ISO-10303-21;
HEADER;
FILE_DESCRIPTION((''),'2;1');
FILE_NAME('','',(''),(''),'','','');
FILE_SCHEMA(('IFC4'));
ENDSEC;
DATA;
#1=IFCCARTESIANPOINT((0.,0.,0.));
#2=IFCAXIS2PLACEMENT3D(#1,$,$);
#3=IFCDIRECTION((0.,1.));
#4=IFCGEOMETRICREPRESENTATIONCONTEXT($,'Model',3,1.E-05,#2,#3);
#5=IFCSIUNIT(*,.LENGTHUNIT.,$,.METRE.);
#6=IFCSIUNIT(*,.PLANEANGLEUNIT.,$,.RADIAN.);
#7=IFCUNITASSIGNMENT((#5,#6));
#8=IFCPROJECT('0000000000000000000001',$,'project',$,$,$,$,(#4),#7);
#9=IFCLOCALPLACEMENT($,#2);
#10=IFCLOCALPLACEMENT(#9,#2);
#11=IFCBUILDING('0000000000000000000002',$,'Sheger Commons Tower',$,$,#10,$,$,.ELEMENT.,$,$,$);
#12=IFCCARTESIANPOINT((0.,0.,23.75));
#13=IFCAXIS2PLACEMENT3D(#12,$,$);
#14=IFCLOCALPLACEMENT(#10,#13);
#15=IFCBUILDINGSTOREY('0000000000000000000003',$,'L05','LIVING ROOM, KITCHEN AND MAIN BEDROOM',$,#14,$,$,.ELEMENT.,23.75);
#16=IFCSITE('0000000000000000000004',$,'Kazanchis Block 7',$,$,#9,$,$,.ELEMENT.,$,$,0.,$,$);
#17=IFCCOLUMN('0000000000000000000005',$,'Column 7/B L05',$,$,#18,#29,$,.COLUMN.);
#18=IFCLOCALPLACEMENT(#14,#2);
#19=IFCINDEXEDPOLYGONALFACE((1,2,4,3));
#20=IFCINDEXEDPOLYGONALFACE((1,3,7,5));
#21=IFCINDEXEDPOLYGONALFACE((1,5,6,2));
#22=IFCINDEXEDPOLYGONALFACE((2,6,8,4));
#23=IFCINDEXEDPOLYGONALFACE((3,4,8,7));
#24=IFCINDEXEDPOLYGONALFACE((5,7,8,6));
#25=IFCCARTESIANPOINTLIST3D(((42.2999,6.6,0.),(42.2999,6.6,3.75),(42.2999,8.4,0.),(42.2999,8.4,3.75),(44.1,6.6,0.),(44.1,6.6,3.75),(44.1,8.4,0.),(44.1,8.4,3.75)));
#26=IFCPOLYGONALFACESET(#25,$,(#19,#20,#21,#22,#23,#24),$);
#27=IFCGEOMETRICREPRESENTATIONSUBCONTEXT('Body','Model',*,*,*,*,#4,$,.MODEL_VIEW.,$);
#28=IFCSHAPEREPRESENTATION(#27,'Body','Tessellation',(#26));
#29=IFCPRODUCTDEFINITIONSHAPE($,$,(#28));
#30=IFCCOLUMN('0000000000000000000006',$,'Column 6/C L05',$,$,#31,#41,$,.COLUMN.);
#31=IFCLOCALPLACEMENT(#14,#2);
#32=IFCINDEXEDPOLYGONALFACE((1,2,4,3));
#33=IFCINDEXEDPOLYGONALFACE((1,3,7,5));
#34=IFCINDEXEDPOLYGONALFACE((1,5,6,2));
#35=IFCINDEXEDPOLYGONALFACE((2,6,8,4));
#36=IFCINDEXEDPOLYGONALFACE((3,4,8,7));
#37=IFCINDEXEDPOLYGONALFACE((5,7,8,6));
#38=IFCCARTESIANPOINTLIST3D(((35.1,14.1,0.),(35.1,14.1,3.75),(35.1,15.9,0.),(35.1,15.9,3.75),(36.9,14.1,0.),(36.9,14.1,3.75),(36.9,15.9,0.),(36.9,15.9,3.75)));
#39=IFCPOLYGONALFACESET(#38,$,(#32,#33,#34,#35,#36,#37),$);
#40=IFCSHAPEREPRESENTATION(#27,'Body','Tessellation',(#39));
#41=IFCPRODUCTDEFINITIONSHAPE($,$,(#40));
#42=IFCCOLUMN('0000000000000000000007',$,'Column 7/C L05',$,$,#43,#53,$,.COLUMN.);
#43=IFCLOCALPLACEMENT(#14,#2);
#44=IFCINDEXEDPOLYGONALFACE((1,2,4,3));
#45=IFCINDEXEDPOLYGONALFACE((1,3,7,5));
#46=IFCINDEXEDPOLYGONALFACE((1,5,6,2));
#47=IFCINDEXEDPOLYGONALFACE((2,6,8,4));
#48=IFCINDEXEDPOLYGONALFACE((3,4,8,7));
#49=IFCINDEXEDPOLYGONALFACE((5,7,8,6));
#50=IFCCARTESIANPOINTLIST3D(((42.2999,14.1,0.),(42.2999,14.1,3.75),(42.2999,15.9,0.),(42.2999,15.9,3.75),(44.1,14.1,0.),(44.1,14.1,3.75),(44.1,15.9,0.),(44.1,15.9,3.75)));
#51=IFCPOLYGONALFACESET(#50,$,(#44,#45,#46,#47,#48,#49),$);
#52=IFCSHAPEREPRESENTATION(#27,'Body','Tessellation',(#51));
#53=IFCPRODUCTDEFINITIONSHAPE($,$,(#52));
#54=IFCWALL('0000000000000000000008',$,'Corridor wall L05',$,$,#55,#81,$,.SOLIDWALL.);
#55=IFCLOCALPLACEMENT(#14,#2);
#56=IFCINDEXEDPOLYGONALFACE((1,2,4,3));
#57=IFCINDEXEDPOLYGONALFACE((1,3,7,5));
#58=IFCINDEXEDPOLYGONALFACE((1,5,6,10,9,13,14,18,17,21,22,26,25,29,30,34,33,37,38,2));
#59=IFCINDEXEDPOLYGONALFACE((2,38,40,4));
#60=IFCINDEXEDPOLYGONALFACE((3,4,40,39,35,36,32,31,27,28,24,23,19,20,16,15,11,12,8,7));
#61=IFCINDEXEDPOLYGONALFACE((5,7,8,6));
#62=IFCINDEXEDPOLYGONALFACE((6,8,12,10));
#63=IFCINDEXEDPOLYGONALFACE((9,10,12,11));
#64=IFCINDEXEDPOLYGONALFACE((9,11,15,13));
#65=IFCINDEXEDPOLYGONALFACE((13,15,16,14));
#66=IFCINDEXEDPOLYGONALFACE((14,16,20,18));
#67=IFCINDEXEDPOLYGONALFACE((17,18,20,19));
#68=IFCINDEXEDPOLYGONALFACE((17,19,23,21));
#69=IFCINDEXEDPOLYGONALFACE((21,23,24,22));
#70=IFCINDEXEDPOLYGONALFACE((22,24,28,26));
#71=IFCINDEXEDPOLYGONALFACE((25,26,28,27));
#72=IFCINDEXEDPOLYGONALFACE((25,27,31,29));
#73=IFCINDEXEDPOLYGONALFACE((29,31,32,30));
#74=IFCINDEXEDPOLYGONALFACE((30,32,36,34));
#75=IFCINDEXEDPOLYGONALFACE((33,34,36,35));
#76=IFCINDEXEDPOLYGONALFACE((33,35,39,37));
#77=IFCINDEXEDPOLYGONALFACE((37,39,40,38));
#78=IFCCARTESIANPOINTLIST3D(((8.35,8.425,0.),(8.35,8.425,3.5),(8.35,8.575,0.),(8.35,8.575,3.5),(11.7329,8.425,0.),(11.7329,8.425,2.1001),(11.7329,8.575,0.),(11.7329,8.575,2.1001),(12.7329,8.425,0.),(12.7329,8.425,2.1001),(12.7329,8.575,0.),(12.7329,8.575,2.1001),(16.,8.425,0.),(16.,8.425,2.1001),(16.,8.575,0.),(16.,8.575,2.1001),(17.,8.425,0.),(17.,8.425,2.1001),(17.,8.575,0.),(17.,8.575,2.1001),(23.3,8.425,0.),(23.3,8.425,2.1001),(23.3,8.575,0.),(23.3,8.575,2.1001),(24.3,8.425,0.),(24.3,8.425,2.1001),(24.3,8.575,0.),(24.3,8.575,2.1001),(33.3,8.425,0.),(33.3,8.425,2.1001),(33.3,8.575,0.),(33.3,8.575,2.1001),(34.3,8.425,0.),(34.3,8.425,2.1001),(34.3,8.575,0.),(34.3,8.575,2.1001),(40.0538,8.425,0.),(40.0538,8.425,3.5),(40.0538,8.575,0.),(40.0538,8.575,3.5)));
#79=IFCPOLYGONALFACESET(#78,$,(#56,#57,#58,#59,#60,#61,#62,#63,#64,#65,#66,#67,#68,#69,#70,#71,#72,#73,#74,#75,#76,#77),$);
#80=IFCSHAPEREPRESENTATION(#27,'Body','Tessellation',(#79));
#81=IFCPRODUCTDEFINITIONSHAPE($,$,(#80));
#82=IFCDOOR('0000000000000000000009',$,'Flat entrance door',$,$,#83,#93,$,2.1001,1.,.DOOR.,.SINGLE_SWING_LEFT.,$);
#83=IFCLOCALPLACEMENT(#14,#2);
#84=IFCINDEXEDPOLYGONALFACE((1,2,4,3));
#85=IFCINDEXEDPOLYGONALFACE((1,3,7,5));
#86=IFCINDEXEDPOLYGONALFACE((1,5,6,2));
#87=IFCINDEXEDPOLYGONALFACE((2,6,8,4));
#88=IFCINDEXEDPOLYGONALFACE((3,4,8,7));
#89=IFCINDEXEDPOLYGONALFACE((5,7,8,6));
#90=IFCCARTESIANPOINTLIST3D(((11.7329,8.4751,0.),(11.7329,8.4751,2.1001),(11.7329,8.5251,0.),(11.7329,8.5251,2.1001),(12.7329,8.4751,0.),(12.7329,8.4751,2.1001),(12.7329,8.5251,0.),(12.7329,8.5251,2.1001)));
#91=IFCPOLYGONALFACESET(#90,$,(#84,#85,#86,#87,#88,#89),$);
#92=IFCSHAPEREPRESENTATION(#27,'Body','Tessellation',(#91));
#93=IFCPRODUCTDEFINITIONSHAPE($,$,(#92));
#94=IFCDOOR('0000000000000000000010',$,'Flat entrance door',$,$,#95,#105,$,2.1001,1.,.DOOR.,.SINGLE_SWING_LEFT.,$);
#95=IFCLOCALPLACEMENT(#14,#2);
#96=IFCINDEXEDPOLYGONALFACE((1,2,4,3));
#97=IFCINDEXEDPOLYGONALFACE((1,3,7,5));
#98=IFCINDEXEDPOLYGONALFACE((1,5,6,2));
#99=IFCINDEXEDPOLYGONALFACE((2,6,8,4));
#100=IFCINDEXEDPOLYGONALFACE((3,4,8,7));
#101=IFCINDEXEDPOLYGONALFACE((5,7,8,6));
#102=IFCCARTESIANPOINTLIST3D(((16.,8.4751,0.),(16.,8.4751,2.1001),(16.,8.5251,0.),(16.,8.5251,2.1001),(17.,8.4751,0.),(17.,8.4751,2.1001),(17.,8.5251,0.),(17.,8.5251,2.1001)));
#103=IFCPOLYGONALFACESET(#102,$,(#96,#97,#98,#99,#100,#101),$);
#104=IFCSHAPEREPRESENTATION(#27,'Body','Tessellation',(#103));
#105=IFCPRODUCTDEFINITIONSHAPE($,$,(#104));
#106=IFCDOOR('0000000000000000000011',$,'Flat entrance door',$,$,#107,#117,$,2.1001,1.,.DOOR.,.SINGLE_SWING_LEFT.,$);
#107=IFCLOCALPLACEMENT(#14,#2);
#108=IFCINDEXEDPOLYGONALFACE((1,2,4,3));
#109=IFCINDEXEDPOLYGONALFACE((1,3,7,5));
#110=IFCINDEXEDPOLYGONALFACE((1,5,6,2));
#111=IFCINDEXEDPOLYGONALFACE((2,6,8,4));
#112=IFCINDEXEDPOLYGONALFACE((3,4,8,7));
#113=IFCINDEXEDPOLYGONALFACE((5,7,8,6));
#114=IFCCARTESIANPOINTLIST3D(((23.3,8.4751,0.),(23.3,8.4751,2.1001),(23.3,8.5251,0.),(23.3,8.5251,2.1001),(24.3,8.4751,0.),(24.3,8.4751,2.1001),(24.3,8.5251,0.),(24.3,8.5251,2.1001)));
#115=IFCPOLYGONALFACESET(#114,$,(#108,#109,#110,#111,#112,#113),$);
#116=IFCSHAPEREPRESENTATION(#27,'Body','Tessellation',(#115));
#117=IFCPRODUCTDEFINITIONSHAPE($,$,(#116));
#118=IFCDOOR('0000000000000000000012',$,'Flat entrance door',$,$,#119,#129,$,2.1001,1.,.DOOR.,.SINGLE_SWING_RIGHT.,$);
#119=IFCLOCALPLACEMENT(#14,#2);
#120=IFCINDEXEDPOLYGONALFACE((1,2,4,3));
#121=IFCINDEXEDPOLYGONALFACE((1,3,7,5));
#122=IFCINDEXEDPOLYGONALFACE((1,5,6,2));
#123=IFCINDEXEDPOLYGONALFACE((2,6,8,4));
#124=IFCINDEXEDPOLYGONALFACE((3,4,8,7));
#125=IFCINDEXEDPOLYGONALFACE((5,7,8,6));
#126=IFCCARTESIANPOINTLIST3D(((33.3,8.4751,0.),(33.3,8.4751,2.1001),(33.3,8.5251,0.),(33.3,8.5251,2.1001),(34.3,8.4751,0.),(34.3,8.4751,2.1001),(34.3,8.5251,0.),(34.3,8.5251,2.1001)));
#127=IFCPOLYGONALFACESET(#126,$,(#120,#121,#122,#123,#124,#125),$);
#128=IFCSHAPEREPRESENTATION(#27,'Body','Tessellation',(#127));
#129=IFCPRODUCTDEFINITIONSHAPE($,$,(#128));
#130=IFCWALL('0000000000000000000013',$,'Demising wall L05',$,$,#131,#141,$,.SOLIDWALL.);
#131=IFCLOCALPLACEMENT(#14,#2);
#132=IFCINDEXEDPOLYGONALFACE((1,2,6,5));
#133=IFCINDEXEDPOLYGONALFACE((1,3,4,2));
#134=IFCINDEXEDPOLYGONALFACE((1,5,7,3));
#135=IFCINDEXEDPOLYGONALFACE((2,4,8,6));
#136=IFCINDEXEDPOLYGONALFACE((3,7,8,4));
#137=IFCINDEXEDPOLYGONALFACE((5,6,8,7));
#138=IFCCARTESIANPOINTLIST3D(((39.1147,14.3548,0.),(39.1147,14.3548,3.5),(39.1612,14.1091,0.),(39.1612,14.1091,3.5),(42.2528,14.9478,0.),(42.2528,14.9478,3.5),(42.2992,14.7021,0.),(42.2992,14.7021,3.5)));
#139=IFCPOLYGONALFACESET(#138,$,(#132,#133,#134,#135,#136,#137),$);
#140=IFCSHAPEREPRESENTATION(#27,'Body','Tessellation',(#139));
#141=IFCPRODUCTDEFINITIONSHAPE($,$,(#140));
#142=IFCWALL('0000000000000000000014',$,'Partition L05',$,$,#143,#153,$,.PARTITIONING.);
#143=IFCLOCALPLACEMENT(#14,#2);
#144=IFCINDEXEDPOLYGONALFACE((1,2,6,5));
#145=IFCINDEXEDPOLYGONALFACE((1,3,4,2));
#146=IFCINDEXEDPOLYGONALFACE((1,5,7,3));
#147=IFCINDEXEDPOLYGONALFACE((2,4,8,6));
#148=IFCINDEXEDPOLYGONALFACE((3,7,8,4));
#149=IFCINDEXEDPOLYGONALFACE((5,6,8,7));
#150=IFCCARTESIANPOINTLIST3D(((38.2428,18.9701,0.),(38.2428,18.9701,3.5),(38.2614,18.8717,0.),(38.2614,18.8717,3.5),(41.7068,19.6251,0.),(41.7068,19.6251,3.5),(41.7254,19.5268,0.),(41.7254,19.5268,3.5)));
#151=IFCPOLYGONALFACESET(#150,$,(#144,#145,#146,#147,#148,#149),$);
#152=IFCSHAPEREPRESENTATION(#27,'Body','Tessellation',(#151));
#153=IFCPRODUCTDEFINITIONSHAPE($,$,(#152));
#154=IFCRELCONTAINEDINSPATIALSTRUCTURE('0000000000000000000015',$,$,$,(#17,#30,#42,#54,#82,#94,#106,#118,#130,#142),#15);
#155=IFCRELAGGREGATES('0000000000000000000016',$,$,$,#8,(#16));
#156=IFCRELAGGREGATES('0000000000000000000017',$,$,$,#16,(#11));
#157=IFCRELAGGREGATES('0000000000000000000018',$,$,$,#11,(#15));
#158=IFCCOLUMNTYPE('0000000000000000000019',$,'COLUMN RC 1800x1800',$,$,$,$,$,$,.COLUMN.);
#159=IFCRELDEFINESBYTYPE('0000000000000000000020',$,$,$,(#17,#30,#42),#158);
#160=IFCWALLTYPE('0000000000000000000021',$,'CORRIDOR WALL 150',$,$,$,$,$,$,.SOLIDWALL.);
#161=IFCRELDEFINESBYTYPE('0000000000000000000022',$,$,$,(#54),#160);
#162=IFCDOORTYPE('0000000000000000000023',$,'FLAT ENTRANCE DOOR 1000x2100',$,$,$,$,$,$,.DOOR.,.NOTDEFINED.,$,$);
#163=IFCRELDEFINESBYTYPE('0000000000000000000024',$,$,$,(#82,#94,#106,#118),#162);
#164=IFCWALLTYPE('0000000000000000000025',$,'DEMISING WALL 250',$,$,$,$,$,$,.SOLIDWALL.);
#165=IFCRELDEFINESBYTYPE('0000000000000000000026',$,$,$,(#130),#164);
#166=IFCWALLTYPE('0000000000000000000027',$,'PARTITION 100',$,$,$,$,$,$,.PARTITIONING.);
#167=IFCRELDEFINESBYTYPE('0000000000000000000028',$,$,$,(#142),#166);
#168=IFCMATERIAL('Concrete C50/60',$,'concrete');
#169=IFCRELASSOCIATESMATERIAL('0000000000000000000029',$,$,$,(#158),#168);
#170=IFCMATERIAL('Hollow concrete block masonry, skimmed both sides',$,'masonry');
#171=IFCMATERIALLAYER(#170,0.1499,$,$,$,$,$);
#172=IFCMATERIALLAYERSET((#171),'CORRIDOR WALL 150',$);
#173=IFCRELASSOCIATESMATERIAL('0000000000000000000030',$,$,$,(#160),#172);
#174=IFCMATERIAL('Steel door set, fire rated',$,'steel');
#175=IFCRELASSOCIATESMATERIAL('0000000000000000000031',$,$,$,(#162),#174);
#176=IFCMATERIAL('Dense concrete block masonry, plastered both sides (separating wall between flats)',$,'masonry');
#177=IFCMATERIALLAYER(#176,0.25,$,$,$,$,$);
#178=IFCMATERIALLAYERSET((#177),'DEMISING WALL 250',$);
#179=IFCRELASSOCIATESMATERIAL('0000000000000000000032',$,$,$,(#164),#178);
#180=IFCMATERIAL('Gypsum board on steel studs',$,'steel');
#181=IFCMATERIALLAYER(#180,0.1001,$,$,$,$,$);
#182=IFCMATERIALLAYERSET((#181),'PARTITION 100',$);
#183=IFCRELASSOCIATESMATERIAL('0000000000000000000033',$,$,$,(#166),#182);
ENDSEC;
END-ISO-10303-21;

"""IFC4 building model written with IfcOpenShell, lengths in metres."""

from ifc_helpers import new_model, si_unit, direction, frame, frame_2d, origin, origin_2d, place, context, subcontext, project, spatial, rectangle, extrude, material, layer, layer_set, material_profile, profile_set, type_object, element, fill, save


model = new_model("IFC4")

# Units and contexts
model_context = context("Model", 3, precision=1e-05, world=origin(), true_north=direction((0.0, 1.0)))
body_context = subcontext(model_context, "Body", "Model", "MODEL_VIEW")
ifc_project = project(units=[si_unit("LENGTHUNIT", "METRE"), si_unit("PLANEANGLEUNIT", "RADIAN")], contexts=[model_context])

# Site, building, storey
site_placement = place(None, origin())
site = spatial("IfcSite", under=ifc_project, at=site_placement, Name="Kazanchis Block 7", CompositionType="ELEMENT", RefElevation=0.0)
building_placement = place(site_placement, origin())
building = spatial("IfcBuilding", under=site, at=building_placement, Name="Sheger Commons Tower", CompositionType="ELEMENT")
storey_placement = place(building_placement, frame((0.0, 0.0, 23.75)))
storey = spatial("IfcBuildingStorey", under=building, at=storey_placement, Name="L05", Description="LIVING ROOM, KITCHEN AND MAIN BEDROOM", CompositionType="ELEMENT", Elevation=23.75)

# Columns
ifc_material_1 = material(Name="Concrete C50/60", Category="concrete")
ifc_material_profile = material_profile(ifc_material_1, rectangle(XDim=1.8, YDim=1.8, at=origin_2d()), Name="RC 1800x1800")
ifc_profile_set = profile_set([ifc_material_profile], Name="Concrete C50/60")
column_type = type_object("IfcColumnType", Name="COLUMN RC 1800x1800", PredefinedType="COLUMN", material=ifc_profile_set)
for number, where, z_axis, x_axis, name in (
    (1, (43.2, 7.5, 0.0), (0.0, 0.0, 1.0), (1.0, 0.0, 0.0), "Column 7/B L05"),
    (2, (36.0, 15.0, 0.0), (0.0, 0.0, 1.0), (1.0, 0.0, 0.0), "Column 6/C L05"),
    (3, (43.2, 15.0, 0.0), (0.0, 0.0, 1.0), (1.0, 0.0, 0.0), "Column 7/C L05"),
):
    element("IfcColumn", number, at=place(storey_placement, frame(where, z_axis=z_axis, x_axis=x_axis)), inside=storey, type_object=column_type, Name=name, PredefinedType="COLUMN", context=body_context, shape_type="SweptSolid", body=[
        extrude(rectangle(XDim=1.8, YDim=1.8, at=origin_2d()), origin(), (0.0, 0.0, 1.0), 3.75),
    ])

# Wall, openings, doors
ifc_material_2 = material(Name="Hollow concrete block masonry, skimmed both sides", Category="masonry")
ifc_layer_1 = layer(ifc_material_2, 0.1499)
ifc_layer_set_1 = layer_set([ifc_layer_1], Name="CORRIDOR WALL 150")
wall_type_1 = type_object("IfcWallType", Name="CORRIDOR WALL 150", PredefinedType="SOLIDWALL", material=ifc_layer_set_1)
wall_1_placement = place(storey_placement, frame((40.054, 8.5, 0.0), z_axis=(0.0, 0.0, 1.0), x_axis=(-1.0, 0.0, 0.0)))
wall_1 = element("IfcWall", 4, at=wall_1_placement, inside=storey, type_object=wall_type_1, Name="Corridor wall L05", PredefinedType="SOLIDWALL", context=body_context, shape_type="SweptSolid", body=[
    extrude(rectangle(XDim=31.7039, YDim=0.1499, at=frame_2d((15.8521, 0.0))), origin(), (0.0, 0.0, 1.0), 3.5),
])
opening_1_placement = place(wall_1_placement, frame((27.321, 0.0, 0.0)))
opening_1 = element("IfcOpeningElement", 5, at=opening_1_placement, cuts=wall_1, PredefinedType="OPENING", context=body_context, shape_type="SweptSolid", body=[
    extrude(rectangle(XDim=1.0, YDim=2.1001, at=frame_2d((0.5, 1.05))), frame((0.0, 0.085, 0.0), z_axis=(0.0, -1.0, 0.0), x_axis=(1.0, 0.0, 0.0)), (0.0, 0.0, 1.0), 0.1699),
])
opening_2_placement = place(wall_1_placement, frame((23.054, 0.0, 0.0)))
opening_2 = element("IfcOpeningElement", 6, at=opening_2_placement, cuts=wall_1, PredefinedType="OPENING", context=body_context, shape_type="SweptSolid", body=[
    extrude(rectangle(XDim=1.0, YDim=2.1001, at=frame_2d((0.5, 1.05))), frame((0.0, 0.085, 0.0), z_axis=(0.0, -1.0, 0.0), x_axis=(1.0, 0.0, 0.0)), (0.0, 0.0, 1.0), 0.1699),
])
opening_3_placement = place(wall_1_placement, frame((15.7539, 0.0, 0.0)))
opening_3 = element("IfcOpeningElement", 7, at=opening_3_placement, cuts=wall_1, PredefinedType="OPENING", context=body_context, shape_type="SweptSolid", body=[
    extrude(rectangle(XDim=1.0, YDim=2.1001, at=frame_2d((0.5, 1.05))), frame((0.0, 0.085, 0.0), z_axis=(0.0, -1.0, 0.0), x_axis=(1.0, 0.0, 0.0)), (0.0, 0.0, 1.0), 0.1699),
])
opening_4_placement = place(wall_1_placement, frame((5.7539, 0.0, 0.0)))
opening_4 = element("IfcOpeningElement", 8, at=opening_4_placement, cuts=wall_1, PredefinedType="OPENING", context=body_context, shape_type="SweptSolid", body=[
    extrude(rectangle(XDim=1.0, YDim=2.1001, at=frame_2d((0.5, 1.05))), frame((0.0, 0.085, 0.0), z_axis=(0.0, -1.0, 0.0), x_axis=(1.0, 0.0, 0.0)), (0.0, 0.0, 1.0), 0.1699),
])
ifc_material_3 = material(Name="Steel door set, fire rated", Category="steel")
door_type_1 = type_object("IfcDoorType", Name="FLAT ENTRANCE DOOR 1000x2100", OperationType="NOTDEFINED", PredefinedType="DOOR", material=ifc_material_3)
door_1_placement = place(opening_1_placement, origin())
door_1 = element("IfcDoor", 9, at=door_1_placement, inside=storey, type_object=door_type_1, Name="Flat entrance door", OperationType="SINGLE_SWING_LEFT", OverallHeight=2.1001, OverallWidth=1.0, PredefinedType="DOOR", context=body_context, shape_type="SweptSolid", body=[
    extrude(rectangle(XDim=1.0, YDim=2.1001, at=frame_2d((0.5, 1.05))), frame((0.0, 0.0249, 0.0), z_axis=(0.0, -1.0, 0.0), x_axis=(1.0, 0.0, 0.0)), (0.0, 0.0, 1.0), 0.05),
])
fill(opening_1, door_1)
door_2_placement = place(opening_2_placement, origin())
door_2 = element("IfcDoor", 10, at=door_2_placement, inside=storey, type_object=door_type_1, Name="Flat entrance door", OperationType="SINGLE_SWING_LEFT", OverallHeight=2.1001, OverallWidth=1.0, PredefinedType="DOOR", context=body_context, shape_type="SweptSolid", body=[
    extrude(rectangle(XDim=1.0, YDim=2.1001, at=frame_2d((0.5, 1.05))), frame((0.0, 0.0249, 0.0), z_axis=(0.0, -1.0, 0.0), x_axis=(1.0, 0.0, 0.0)), (0.0, 0.0, 1.0), 0.05),
])
fill(opening_2, door_2)
door_3_placement = place(opening_3_placement, origin())
door_3 = element("IfcDoor", 11, at=door_3_placement, inside=storey, type_object=door_type_1, Name="Flat entrance door", OperationType="SINGLE_SWING_LEFT", OverallHeight=2.1001, OverallWidth=1.0, PredefinedType="DOOR", context=body_context, shape_type="SweptSolid", body=[
    extrude(rectangle(XDim=1.0, YDim=2.1001, at=frame_2d((0.5, 1.05))), frame((0.0, 0.0249, 0.0), z_axis=(0.0, -1.0, 0.0), x_axis=(1.0, 0.0, 0.0)), (0.0, 0.0, 1.0), 0.05),
])
fill(opening_3, door_3)
door_4_placement = place(opening_4_placement, origin())
door_4 = element("IfcDoor", 12, at=door_4_placement, inside=storey, type_object=door_type_1, Name="Flat entrance door", OperationType="SINGLE_SWING_RIGHT", OverallHeight=2.1001, OverallWidth=1.0, PredefinedType="DOOR", context=body_context, shape_type="SweptSolid", body=[
    extrude(rectangle(XDim=1.0, YDim=2.1001, at=frame_2d((0.5, 1.05))), frame((0.0, 0.0249, 0.0), z_axis=(0.0, -1.0, 0.0), x_axis=(1.0, 0.0, 0.0)), (0.0, 0.0, 1.0), 0.05),
])
fill(opening_4, door_4)

# Walls
ifc_material_4 = material(Name="Dense concrete block masonry, plastered both sides (separating wall between flats)", Category="masonry")
ifc_layer_2 = layer(ifc_material_4, 0.25)
ifc_layer_set_2 = layer_set([ifc_layer_2], Name="DEMISING WALL 250")
wall_type_2 = type_object("IfcWallType", Name="DEMISING WALL 250", PredefinedType="SOLIDWALL", material=ifc_layer_set_2)
wall_2_placement = place(storey_placement, frame((42.2759, 14.825, 0.0), z_axis=(0.0, 0.0, 1.0), x_axis=(-0.982607, -0.185696, 0.0)))
element("IfcWall", 13, at=wall_2_placement, inside=storey, type_object=wall_type_2, Name="Demising wall L05", PredefinedType="SOLIDWALL", context=body_context, shape_type="SweptSolid", body=[
    extrude(rectangle(XDim=3.1936, YDim=0.25, at=frame_2d((1.5967, 0.0))), origin(), (0.0, 0.0, 1.0), 3.5),
])
ifc_material_5 = material(Name="Gypsum board on steel studs", Category="steel")
ifc_layer_3 = layer(ifc_material_5, 0.1001)
ifc_layer_set_3 = layer_set([ifc_layer_3], Name="PARTITION 100")
wall_type_3 = type_object("IfcWallType", Name="PARTITION 100", PredefinedType="PARTITIONING", material=ifc_layer_set_3)
wall_3_placement = place(storey_placement, frame((41.7161, 19.5759, 0.0), z_axis=(0.0, 0.0, 1.0), x_axis=(-0.982588, -0.185798, 0.0)))
element("IfcWall", 14, at=wall_3_placement, inside=storey, type_object=wall_type_3, Name="Partition L05", PredefinedType="PARTITIONING", context=body_context, shape_type="SweptSolid", body=[
    extrude(rectangle(XDim=3.5254, YDim=0.1001, at=frame_2d((1.7627, 0.0))), origin(), (0.0, 0.0, 1.0), 3.5),
])

save(model, "model.ifc")
